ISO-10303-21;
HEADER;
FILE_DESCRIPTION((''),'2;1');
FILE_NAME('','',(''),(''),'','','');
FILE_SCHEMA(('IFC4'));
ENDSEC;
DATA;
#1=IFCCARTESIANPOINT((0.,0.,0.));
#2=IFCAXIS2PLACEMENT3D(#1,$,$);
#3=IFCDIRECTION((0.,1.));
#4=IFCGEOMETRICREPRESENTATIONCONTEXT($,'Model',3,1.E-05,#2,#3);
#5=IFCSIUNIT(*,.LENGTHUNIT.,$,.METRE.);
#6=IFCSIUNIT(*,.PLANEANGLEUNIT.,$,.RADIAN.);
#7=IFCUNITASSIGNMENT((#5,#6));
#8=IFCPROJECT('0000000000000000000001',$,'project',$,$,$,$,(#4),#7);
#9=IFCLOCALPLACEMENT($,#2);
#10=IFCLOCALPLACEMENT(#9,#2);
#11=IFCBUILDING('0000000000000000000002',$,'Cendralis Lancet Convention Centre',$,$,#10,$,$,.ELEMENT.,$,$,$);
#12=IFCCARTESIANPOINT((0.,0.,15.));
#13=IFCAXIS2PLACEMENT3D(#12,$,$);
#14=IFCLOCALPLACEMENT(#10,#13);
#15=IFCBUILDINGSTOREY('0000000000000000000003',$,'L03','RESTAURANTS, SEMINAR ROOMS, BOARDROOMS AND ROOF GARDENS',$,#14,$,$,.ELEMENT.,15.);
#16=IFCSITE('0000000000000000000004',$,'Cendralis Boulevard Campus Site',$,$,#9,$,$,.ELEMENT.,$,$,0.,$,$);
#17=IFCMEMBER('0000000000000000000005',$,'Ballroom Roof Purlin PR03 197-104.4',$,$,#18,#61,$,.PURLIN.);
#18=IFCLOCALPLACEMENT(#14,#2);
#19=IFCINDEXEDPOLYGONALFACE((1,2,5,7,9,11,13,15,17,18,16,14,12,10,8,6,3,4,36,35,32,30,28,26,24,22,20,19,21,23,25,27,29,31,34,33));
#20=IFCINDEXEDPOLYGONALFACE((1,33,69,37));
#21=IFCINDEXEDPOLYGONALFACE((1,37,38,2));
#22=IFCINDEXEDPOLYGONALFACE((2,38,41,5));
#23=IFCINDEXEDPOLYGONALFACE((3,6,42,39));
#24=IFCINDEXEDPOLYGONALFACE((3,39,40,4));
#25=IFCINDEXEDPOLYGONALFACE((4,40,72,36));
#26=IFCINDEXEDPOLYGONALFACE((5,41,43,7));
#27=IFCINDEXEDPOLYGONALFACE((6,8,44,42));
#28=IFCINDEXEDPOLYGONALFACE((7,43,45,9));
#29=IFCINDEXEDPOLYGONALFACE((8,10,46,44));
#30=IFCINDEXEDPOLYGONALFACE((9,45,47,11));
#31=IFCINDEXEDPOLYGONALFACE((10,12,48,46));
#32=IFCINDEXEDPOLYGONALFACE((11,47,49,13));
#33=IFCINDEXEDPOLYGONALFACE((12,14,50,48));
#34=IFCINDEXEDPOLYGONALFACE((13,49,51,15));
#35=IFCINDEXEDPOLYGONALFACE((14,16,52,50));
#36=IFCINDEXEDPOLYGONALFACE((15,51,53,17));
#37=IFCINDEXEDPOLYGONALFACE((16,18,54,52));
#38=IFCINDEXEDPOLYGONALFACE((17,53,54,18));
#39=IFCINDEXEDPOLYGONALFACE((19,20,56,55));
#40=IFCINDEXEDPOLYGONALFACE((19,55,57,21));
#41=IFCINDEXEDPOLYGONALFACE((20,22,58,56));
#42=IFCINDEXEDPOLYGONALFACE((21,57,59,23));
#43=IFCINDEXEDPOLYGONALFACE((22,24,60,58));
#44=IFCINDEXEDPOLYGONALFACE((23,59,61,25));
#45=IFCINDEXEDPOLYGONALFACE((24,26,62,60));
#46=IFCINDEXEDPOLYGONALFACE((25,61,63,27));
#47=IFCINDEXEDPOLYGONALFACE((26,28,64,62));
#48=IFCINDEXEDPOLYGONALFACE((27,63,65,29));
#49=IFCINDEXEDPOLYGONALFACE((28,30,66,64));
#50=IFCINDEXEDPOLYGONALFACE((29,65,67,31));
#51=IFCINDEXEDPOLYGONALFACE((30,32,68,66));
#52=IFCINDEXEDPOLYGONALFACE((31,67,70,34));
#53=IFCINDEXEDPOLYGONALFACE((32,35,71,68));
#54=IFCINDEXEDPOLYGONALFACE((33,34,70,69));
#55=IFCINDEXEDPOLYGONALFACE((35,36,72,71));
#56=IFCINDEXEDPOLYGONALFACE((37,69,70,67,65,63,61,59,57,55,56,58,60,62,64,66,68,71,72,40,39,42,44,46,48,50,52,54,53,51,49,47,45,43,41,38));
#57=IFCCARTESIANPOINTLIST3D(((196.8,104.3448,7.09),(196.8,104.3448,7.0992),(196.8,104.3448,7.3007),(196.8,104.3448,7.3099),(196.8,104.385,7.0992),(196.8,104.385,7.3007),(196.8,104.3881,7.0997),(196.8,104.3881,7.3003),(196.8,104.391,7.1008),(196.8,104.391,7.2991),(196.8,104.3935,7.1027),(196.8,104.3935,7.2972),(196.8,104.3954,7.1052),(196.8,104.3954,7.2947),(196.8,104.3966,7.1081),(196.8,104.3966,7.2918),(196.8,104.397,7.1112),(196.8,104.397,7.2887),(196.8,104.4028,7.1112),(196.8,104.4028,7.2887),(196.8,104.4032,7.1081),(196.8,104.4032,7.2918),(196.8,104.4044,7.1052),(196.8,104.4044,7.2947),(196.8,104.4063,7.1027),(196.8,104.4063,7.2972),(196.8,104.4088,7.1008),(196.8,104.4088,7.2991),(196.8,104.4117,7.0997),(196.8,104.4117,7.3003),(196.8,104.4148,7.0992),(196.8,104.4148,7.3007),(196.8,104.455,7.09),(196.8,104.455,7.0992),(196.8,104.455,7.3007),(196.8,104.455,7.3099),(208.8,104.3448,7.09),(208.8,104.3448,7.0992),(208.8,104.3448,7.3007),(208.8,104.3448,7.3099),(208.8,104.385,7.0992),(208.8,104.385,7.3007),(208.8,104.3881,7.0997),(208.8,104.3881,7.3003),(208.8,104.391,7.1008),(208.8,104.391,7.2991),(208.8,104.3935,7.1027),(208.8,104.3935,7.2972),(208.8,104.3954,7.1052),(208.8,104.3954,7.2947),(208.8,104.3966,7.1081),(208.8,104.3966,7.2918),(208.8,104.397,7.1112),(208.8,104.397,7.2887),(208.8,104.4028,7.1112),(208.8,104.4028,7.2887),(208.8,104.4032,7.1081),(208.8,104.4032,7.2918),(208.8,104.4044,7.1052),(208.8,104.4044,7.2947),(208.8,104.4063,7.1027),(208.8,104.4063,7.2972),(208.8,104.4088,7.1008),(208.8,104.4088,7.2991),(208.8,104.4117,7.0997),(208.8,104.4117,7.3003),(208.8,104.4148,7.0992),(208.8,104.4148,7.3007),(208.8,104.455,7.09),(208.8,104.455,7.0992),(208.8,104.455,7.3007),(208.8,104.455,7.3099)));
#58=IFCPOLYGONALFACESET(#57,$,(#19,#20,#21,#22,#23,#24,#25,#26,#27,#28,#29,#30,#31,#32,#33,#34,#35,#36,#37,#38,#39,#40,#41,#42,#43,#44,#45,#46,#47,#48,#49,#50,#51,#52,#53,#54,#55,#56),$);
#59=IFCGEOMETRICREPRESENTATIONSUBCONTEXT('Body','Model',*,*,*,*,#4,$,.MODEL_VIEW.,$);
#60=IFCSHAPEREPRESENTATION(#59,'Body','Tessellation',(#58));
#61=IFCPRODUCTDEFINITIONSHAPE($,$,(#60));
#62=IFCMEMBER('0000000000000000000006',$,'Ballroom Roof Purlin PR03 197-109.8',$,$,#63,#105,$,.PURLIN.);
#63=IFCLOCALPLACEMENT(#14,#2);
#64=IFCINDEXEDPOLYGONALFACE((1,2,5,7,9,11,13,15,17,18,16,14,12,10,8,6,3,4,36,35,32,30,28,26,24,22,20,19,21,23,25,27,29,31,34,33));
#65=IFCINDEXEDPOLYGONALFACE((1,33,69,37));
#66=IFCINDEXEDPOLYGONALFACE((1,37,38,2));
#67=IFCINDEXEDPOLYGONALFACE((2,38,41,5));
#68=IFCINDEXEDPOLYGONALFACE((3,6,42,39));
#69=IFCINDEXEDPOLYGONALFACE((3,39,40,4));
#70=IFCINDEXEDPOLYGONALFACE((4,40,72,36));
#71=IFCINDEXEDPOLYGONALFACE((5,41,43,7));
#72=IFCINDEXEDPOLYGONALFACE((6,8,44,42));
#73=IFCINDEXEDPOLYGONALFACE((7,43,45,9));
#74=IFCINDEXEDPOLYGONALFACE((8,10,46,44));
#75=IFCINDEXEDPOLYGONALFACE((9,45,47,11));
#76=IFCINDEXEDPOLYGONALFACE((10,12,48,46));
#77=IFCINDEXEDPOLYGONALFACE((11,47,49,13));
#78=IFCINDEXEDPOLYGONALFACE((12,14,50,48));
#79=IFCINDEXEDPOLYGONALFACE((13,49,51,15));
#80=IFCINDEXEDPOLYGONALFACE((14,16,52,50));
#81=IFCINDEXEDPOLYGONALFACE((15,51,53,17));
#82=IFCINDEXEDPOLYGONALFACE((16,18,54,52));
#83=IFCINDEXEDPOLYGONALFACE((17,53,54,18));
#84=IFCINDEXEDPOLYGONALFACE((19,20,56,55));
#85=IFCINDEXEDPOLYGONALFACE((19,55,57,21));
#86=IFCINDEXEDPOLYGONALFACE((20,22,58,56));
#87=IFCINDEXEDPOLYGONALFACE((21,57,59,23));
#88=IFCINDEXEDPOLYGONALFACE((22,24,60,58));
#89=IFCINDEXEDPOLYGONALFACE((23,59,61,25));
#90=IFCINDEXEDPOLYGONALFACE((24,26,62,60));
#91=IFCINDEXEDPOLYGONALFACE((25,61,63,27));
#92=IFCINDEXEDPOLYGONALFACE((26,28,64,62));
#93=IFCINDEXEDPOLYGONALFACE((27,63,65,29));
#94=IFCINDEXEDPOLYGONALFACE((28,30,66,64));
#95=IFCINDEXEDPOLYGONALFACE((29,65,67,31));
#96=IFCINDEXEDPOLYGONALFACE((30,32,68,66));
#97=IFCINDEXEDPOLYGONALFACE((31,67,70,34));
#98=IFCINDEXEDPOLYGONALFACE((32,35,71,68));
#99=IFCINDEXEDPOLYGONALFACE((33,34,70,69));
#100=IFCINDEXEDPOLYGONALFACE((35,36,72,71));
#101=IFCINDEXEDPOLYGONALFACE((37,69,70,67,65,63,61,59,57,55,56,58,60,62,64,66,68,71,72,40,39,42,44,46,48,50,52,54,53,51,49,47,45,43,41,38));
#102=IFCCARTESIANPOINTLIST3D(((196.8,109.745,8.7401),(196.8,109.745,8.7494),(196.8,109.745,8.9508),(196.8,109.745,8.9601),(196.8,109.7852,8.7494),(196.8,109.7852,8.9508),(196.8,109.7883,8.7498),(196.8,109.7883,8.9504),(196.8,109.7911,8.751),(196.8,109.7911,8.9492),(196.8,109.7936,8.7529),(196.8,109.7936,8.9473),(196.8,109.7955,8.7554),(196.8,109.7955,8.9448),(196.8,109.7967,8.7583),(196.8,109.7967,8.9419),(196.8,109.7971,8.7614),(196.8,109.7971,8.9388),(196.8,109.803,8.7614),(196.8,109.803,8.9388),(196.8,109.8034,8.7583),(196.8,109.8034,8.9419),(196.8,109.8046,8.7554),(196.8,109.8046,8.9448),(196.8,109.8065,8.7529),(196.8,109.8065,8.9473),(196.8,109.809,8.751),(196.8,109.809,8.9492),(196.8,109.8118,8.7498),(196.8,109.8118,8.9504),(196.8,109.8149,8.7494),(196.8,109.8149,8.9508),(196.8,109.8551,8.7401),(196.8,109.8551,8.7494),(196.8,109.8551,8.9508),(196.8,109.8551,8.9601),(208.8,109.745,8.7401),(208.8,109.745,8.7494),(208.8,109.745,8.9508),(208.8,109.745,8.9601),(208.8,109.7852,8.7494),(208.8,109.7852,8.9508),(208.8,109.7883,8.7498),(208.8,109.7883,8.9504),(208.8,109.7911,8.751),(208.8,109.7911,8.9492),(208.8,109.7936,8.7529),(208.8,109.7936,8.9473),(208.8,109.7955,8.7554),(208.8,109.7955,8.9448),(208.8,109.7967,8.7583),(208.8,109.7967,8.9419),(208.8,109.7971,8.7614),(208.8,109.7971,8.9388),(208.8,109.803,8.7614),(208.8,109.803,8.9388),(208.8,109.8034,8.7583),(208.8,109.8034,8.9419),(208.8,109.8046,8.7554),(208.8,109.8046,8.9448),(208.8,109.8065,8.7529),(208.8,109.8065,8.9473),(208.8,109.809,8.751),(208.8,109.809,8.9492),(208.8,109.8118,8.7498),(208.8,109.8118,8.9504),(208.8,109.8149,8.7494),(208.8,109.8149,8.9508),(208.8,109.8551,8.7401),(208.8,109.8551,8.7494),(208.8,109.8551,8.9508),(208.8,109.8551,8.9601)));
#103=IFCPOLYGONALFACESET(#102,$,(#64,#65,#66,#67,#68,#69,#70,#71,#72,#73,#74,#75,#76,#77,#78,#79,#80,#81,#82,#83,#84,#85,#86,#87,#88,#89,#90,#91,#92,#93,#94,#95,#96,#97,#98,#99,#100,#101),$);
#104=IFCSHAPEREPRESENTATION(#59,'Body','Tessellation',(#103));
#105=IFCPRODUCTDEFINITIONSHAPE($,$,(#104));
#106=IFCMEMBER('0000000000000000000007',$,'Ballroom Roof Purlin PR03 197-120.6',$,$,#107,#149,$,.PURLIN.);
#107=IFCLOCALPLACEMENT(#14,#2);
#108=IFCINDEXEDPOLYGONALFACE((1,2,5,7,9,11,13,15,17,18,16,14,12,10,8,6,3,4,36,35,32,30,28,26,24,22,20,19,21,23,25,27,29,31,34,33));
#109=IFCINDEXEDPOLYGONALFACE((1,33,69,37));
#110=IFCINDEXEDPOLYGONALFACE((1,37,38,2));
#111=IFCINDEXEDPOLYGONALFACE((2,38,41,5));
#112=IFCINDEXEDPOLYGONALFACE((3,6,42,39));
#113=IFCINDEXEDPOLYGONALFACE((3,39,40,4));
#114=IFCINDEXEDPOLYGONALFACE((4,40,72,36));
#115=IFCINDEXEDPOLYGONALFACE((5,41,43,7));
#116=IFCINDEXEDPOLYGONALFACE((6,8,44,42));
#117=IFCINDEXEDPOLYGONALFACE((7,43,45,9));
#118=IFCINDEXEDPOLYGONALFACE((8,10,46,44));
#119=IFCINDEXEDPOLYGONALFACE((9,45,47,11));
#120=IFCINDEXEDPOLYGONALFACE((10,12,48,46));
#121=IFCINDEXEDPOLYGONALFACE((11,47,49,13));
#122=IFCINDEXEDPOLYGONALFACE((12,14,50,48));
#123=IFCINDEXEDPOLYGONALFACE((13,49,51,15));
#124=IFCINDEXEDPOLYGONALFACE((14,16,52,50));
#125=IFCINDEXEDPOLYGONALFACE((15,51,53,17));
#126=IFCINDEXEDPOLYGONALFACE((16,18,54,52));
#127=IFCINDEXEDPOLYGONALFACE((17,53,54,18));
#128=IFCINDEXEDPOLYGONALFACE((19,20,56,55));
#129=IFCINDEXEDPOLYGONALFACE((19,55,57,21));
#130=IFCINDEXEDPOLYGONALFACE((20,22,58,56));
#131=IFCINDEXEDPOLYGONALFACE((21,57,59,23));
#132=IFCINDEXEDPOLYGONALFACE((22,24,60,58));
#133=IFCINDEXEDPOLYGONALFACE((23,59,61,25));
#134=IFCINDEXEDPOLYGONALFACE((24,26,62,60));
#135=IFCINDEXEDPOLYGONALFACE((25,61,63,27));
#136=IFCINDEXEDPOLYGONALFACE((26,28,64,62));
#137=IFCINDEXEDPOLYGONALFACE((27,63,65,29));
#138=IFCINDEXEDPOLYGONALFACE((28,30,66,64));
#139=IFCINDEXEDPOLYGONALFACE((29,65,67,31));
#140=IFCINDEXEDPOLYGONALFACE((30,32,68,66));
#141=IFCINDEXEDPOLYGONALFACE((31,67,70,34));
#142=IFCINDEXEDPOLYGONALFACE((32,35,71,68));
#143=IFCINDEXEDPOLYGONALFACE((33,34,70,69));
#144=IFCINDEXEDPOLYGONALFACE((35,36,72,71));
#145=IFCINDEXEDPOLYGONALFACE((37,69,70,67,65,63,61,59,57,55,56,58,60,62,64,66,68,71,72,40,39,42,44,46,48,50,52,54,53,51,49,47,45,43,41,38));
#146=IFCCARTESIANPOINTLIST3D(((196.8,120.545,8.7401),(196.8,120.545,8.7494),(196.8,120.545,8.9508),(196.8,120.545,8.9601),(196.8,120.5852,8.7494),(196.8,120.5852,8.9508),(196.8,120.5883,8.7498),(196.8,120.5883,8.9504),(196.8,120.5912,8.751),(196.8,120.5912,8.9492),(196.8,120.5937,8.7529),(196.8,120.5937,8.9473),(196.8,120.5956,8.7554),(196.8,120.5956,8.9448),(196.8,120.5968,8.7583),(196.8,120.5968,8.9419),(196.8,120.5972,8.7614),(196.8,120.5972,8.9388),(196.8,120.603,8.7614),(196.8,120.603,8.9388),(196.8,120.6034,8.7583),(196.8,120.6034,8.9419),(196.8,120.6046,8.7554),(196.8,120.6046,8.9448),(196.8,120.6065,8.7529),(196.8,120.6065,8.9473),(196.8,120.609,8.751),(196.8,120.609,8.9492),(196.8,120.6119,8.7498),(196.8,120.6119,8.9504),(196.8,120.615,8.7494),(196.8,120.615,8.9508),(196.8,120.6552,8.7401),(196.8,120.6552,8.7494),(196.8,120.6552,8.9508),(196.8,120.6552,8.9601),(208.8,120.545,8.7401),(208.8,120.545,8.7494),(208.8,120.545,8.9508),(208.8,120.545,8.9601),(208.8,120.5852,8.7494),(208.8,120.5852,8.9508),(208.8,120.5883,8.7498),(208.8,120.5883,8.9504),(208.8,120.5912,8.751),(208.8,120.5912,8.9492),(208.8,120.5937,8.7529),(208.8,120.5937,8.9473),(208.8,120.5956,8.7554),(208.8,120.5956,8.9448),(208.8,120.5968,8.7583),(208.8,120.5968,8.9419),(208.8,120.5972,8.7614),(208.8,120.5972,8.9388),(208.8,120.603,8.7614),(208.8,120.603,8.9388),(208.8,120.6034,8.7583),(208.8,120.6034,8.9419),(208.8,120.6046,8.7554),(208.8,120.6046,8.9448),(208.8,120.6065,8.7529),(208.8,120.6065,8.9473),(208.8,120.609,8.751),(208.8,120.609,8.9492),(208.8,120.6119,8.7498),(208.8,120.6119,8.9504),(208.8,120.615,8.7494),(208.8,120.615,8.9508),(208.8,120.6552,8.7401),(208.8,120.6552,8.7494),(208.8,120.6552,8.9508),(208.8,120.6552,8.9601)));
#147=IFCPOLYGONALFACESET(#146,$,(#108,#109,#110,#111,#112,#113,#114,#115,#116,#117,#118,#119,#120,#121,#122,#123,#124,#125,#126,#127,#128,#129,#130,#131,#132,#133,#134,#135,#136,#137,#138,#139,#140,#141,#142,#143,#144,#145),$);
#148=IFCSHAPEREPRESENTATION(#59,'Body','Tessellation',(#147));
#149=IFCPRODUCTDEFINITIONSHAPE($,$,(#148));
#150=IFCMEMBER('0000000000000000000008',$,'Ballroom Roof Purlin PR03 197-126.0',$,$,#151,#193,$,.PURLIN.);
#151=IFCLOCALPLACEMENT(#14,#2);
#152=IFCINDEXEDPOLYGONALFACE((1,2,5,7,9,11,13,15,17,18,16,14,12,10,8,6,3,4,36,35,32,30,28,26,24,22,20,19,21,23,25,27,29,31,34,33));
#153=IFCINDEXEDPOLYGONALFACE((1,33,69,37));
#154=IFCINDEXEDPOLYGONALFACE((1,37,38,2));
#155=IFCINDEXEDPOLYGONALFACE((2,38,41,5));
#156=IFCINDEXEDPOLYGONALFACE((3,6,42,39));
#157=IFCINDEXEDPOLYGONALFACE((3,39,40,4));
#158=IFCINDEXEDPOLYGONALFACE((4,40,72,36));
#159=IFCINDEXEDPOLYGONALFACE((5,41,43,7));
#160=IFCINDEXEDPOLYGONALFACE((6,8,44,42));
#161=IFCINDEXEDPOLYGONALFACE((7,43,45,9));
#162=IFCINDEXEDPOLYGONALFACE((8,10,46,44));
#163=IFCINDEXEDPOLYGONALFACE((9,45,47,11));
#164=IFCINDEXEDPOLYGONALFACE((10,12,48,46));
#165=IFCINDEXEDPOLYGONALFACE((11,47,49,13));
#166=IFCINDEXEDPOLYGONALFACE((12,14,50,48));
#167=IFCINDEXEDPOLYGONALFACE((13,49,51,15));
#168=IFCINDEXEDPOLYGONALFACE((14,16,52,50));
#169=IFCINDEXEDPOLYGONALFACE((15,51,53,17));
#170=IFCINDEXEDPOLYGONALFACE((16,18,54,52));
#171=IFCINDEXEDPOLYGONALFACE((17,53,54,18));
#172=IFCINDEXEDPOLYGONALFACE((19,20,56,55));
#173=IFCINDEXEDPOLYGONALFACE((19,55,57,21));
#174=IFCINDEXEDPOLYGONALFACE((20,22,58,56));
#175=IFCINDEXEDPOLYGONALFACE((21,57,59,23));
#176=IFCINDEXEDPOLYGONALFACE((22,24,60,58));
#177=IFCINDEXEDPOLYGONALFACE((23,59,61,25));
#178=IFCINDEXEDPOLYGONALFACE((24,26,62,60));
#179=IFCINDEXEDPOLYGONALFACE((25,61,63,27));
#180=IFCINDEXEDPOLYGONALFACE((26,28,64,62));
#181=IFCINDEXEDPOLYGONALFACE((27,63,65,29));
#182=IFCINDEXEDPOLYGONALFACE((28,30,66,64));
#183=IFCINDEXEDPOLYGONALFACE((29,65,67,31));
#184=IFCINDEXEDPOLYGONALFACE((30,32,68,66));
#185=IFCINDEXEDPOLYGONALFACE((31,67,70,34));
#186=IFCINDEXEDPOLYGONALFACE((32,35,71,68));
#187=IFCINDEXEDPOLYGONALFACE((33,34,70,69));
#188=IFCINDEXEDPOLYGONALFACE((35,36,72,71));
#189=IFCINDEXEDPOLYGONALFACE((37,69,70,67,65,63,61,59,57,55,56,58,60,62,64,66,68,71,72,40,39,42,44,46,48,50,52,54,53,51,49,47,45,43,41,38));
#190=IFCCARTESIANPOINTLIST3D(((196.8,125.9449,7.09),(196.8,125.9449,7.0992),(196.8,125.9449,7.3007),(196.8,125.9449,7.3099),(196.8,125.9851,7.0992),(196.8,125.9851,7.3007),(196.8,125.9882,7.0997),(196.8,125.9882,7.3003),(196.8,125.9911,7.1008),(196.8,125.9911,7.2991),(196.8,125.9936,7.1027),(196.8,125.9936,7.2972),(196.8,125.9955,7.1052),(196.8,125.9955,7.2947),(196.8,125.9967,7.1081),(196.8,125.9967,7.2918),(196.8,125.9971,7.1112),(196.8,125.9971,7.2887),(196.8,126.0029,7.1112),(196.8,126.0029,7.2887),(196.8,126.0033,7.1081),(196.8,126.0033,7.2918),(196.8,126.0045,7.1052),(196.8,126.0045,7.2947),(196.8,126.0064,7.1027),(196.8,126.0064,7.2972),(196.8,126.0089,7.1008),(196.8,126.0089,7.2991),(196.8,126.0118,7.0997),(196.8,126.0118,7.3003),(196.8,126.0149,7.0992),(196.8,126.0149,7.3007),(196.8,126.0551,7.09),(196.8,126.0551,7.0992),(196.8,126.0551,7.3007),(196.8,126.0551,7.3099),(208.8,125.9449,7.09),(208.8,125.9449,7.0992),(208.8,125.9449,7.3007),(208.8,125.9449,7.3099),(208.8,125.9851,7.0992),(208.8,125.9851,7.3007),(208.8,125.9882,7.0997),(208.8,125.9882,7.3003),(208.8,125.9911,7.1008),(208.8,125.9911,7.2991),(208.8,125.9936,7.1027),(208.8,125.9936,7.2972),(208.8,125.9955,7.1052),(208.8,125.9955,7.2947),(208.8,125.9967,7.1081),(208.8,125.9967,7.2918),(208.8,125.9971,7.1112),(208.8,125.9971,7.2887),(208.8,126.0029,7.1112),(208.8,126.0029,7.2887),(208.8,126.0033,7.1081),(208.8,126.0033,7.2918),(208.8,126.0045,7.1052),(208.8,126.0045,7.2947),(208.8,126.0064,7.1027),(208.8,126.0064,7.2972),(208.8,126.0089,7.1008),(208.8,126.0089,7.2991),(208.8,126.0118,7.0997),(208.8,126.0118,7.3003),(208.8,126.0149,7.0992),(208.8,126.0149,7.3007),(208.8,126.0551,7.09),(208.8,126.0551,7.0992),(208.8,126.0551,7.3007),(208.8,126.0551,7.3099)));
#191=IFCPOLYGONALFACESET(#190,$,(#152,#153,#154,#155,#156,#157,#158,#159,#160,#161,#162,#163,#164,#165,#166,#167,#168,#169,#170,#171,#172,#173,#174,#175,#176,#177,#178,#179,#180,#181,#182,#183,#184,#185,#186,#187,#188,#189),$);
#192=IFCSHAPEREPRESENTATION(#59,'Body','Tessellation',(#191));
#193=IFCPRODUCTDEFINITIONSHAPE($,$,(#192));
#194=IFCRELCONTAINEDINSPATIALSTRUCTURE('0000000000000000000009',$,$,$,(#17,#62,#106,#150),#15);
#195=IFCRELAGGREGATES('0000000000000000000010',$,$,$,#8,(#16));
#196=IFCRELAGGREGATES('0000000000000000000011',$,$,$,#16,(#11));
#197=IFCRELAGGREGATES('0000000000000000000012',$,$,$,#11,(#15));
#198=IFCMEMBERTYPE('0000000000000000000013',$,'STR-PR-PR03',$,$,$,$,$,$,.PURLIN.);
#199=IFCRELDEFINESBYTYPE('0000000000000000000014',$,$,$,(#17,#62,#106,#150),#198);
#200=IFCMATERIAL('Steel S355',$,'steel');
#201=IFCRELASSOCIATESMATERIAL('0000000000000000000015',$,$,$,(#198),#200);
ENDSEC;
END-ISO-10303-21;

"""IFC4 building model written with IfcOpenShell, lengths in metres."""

from ifc_helpers import new_model, si_unit, direction, frame, origin, origin_2d, place, context, subcontext, project, spatial, i_section, extrude, material, material_profile, profile_set, type_object, element, save


model = new_model("IFC4")

# Units and contexts
model_context = context("Model", 3, precision=1e-05, world=origin(), true_north=direction((0.0, 1.0)))
body_context = subcontext(model_context, "Body", "Model", "MODEL_VIEW")
ifc_project = project(units=[si_unit("LENGTHUNIT", "METRE"), si_unit("PLANEANGLEUNIT", "RADIAN")], contexts=[model_context])

# Site, building, storey
site_placement = place(None, origin())
site = spatial("IfcSite", under=ifc_project, at=site_placement, Name="Cendralis Boulevard Campus Site", CompositionType="ELEMENT", RefElevation=0.0)
building_placement = place(site_placement, origin())
building = spatial("IfcBuilding", under=site, at=building_placement, Name="Cendralis Lancet Convention Centre", CompositionType="ELEMENT")
storey_placement = place(building_placement, frame((0.0, 0.0, 15.0)))
storey = spatial("IfcBuildingStorey", under=building, at=storey_placement, Name="L03", Description="RESTAURANTS, SEMINAR ROOMS, BOARDROOMS AND ROOF GARDENS", CompositionType="ELEMENT", Elevation=15.0)

# Shared definitions
ifc_material = material(Name="Steel S355", Category="steel")

# Members
ifc_material_profile_1 = material_profile(ifc_material, i_section(OverallWidth=0.1101, OverallDepth=0.22, WebThickness=0.0059, FlangeThickness=0.0093, FilletRadius=0.012, at=origin_2d()), Name="IPE 220")
ifc_profile_set_1 = profile_set([ifc_material_profile_1], Name="Steel S355")
member_type_1 = type_object("IfcMemberType", Name="STR-PR-PR03", PredefinedType="PURLIN", material=ifc_profile_set_1)
for number, where, z_axis, x_axis, name in (
    (1, (196.8, 104.3999, 7.2), (1.0, 0.0, 0.0), (0.0, 1.0, 0.0), "Ballroom Roof Purlin PR03 197-104.4"),
    (2, (196.8, 109.8, 8.8501), (1.0, 0.0, 0.0), (0.0, 1.0, 0.0), "Ballroom Roof Purlin PR03 197-109.8"),
    (3, (196.8, 120.6001, 8.8501), (1.0, 0.0, 0.0), (0.0, 1.0, 0.0), "Ballroom Roof Purlin PR03 197-120.6"),
    (4, (196.8, 126.0, 7.2), (1.0, 0.0, 0.0), (0.0, 1.0, 0.0), "Ballroom Roof Purlin PR03 197-126.0"),
):
    element("IfcMember", number, at=place(storey_placement, frame(where, z_axis=z_axis, x_axis=x_axis)), inside=storey, type_object=member_type_1, Name=name, PredefinedType="PURLIN", context=body_context, shape_type="SweptSolid", body=[
        extrude(i_section(OverallWidth=0.1101, OverallDepth=0.22, WebThickness=0.0059, FlangeThickness=0.0093, FilletRadius=0.012, at=origin_2d()), origin(), (0.0, 0.0, 1.0), 12.0),
    ])

save(model, "model.ifc")
